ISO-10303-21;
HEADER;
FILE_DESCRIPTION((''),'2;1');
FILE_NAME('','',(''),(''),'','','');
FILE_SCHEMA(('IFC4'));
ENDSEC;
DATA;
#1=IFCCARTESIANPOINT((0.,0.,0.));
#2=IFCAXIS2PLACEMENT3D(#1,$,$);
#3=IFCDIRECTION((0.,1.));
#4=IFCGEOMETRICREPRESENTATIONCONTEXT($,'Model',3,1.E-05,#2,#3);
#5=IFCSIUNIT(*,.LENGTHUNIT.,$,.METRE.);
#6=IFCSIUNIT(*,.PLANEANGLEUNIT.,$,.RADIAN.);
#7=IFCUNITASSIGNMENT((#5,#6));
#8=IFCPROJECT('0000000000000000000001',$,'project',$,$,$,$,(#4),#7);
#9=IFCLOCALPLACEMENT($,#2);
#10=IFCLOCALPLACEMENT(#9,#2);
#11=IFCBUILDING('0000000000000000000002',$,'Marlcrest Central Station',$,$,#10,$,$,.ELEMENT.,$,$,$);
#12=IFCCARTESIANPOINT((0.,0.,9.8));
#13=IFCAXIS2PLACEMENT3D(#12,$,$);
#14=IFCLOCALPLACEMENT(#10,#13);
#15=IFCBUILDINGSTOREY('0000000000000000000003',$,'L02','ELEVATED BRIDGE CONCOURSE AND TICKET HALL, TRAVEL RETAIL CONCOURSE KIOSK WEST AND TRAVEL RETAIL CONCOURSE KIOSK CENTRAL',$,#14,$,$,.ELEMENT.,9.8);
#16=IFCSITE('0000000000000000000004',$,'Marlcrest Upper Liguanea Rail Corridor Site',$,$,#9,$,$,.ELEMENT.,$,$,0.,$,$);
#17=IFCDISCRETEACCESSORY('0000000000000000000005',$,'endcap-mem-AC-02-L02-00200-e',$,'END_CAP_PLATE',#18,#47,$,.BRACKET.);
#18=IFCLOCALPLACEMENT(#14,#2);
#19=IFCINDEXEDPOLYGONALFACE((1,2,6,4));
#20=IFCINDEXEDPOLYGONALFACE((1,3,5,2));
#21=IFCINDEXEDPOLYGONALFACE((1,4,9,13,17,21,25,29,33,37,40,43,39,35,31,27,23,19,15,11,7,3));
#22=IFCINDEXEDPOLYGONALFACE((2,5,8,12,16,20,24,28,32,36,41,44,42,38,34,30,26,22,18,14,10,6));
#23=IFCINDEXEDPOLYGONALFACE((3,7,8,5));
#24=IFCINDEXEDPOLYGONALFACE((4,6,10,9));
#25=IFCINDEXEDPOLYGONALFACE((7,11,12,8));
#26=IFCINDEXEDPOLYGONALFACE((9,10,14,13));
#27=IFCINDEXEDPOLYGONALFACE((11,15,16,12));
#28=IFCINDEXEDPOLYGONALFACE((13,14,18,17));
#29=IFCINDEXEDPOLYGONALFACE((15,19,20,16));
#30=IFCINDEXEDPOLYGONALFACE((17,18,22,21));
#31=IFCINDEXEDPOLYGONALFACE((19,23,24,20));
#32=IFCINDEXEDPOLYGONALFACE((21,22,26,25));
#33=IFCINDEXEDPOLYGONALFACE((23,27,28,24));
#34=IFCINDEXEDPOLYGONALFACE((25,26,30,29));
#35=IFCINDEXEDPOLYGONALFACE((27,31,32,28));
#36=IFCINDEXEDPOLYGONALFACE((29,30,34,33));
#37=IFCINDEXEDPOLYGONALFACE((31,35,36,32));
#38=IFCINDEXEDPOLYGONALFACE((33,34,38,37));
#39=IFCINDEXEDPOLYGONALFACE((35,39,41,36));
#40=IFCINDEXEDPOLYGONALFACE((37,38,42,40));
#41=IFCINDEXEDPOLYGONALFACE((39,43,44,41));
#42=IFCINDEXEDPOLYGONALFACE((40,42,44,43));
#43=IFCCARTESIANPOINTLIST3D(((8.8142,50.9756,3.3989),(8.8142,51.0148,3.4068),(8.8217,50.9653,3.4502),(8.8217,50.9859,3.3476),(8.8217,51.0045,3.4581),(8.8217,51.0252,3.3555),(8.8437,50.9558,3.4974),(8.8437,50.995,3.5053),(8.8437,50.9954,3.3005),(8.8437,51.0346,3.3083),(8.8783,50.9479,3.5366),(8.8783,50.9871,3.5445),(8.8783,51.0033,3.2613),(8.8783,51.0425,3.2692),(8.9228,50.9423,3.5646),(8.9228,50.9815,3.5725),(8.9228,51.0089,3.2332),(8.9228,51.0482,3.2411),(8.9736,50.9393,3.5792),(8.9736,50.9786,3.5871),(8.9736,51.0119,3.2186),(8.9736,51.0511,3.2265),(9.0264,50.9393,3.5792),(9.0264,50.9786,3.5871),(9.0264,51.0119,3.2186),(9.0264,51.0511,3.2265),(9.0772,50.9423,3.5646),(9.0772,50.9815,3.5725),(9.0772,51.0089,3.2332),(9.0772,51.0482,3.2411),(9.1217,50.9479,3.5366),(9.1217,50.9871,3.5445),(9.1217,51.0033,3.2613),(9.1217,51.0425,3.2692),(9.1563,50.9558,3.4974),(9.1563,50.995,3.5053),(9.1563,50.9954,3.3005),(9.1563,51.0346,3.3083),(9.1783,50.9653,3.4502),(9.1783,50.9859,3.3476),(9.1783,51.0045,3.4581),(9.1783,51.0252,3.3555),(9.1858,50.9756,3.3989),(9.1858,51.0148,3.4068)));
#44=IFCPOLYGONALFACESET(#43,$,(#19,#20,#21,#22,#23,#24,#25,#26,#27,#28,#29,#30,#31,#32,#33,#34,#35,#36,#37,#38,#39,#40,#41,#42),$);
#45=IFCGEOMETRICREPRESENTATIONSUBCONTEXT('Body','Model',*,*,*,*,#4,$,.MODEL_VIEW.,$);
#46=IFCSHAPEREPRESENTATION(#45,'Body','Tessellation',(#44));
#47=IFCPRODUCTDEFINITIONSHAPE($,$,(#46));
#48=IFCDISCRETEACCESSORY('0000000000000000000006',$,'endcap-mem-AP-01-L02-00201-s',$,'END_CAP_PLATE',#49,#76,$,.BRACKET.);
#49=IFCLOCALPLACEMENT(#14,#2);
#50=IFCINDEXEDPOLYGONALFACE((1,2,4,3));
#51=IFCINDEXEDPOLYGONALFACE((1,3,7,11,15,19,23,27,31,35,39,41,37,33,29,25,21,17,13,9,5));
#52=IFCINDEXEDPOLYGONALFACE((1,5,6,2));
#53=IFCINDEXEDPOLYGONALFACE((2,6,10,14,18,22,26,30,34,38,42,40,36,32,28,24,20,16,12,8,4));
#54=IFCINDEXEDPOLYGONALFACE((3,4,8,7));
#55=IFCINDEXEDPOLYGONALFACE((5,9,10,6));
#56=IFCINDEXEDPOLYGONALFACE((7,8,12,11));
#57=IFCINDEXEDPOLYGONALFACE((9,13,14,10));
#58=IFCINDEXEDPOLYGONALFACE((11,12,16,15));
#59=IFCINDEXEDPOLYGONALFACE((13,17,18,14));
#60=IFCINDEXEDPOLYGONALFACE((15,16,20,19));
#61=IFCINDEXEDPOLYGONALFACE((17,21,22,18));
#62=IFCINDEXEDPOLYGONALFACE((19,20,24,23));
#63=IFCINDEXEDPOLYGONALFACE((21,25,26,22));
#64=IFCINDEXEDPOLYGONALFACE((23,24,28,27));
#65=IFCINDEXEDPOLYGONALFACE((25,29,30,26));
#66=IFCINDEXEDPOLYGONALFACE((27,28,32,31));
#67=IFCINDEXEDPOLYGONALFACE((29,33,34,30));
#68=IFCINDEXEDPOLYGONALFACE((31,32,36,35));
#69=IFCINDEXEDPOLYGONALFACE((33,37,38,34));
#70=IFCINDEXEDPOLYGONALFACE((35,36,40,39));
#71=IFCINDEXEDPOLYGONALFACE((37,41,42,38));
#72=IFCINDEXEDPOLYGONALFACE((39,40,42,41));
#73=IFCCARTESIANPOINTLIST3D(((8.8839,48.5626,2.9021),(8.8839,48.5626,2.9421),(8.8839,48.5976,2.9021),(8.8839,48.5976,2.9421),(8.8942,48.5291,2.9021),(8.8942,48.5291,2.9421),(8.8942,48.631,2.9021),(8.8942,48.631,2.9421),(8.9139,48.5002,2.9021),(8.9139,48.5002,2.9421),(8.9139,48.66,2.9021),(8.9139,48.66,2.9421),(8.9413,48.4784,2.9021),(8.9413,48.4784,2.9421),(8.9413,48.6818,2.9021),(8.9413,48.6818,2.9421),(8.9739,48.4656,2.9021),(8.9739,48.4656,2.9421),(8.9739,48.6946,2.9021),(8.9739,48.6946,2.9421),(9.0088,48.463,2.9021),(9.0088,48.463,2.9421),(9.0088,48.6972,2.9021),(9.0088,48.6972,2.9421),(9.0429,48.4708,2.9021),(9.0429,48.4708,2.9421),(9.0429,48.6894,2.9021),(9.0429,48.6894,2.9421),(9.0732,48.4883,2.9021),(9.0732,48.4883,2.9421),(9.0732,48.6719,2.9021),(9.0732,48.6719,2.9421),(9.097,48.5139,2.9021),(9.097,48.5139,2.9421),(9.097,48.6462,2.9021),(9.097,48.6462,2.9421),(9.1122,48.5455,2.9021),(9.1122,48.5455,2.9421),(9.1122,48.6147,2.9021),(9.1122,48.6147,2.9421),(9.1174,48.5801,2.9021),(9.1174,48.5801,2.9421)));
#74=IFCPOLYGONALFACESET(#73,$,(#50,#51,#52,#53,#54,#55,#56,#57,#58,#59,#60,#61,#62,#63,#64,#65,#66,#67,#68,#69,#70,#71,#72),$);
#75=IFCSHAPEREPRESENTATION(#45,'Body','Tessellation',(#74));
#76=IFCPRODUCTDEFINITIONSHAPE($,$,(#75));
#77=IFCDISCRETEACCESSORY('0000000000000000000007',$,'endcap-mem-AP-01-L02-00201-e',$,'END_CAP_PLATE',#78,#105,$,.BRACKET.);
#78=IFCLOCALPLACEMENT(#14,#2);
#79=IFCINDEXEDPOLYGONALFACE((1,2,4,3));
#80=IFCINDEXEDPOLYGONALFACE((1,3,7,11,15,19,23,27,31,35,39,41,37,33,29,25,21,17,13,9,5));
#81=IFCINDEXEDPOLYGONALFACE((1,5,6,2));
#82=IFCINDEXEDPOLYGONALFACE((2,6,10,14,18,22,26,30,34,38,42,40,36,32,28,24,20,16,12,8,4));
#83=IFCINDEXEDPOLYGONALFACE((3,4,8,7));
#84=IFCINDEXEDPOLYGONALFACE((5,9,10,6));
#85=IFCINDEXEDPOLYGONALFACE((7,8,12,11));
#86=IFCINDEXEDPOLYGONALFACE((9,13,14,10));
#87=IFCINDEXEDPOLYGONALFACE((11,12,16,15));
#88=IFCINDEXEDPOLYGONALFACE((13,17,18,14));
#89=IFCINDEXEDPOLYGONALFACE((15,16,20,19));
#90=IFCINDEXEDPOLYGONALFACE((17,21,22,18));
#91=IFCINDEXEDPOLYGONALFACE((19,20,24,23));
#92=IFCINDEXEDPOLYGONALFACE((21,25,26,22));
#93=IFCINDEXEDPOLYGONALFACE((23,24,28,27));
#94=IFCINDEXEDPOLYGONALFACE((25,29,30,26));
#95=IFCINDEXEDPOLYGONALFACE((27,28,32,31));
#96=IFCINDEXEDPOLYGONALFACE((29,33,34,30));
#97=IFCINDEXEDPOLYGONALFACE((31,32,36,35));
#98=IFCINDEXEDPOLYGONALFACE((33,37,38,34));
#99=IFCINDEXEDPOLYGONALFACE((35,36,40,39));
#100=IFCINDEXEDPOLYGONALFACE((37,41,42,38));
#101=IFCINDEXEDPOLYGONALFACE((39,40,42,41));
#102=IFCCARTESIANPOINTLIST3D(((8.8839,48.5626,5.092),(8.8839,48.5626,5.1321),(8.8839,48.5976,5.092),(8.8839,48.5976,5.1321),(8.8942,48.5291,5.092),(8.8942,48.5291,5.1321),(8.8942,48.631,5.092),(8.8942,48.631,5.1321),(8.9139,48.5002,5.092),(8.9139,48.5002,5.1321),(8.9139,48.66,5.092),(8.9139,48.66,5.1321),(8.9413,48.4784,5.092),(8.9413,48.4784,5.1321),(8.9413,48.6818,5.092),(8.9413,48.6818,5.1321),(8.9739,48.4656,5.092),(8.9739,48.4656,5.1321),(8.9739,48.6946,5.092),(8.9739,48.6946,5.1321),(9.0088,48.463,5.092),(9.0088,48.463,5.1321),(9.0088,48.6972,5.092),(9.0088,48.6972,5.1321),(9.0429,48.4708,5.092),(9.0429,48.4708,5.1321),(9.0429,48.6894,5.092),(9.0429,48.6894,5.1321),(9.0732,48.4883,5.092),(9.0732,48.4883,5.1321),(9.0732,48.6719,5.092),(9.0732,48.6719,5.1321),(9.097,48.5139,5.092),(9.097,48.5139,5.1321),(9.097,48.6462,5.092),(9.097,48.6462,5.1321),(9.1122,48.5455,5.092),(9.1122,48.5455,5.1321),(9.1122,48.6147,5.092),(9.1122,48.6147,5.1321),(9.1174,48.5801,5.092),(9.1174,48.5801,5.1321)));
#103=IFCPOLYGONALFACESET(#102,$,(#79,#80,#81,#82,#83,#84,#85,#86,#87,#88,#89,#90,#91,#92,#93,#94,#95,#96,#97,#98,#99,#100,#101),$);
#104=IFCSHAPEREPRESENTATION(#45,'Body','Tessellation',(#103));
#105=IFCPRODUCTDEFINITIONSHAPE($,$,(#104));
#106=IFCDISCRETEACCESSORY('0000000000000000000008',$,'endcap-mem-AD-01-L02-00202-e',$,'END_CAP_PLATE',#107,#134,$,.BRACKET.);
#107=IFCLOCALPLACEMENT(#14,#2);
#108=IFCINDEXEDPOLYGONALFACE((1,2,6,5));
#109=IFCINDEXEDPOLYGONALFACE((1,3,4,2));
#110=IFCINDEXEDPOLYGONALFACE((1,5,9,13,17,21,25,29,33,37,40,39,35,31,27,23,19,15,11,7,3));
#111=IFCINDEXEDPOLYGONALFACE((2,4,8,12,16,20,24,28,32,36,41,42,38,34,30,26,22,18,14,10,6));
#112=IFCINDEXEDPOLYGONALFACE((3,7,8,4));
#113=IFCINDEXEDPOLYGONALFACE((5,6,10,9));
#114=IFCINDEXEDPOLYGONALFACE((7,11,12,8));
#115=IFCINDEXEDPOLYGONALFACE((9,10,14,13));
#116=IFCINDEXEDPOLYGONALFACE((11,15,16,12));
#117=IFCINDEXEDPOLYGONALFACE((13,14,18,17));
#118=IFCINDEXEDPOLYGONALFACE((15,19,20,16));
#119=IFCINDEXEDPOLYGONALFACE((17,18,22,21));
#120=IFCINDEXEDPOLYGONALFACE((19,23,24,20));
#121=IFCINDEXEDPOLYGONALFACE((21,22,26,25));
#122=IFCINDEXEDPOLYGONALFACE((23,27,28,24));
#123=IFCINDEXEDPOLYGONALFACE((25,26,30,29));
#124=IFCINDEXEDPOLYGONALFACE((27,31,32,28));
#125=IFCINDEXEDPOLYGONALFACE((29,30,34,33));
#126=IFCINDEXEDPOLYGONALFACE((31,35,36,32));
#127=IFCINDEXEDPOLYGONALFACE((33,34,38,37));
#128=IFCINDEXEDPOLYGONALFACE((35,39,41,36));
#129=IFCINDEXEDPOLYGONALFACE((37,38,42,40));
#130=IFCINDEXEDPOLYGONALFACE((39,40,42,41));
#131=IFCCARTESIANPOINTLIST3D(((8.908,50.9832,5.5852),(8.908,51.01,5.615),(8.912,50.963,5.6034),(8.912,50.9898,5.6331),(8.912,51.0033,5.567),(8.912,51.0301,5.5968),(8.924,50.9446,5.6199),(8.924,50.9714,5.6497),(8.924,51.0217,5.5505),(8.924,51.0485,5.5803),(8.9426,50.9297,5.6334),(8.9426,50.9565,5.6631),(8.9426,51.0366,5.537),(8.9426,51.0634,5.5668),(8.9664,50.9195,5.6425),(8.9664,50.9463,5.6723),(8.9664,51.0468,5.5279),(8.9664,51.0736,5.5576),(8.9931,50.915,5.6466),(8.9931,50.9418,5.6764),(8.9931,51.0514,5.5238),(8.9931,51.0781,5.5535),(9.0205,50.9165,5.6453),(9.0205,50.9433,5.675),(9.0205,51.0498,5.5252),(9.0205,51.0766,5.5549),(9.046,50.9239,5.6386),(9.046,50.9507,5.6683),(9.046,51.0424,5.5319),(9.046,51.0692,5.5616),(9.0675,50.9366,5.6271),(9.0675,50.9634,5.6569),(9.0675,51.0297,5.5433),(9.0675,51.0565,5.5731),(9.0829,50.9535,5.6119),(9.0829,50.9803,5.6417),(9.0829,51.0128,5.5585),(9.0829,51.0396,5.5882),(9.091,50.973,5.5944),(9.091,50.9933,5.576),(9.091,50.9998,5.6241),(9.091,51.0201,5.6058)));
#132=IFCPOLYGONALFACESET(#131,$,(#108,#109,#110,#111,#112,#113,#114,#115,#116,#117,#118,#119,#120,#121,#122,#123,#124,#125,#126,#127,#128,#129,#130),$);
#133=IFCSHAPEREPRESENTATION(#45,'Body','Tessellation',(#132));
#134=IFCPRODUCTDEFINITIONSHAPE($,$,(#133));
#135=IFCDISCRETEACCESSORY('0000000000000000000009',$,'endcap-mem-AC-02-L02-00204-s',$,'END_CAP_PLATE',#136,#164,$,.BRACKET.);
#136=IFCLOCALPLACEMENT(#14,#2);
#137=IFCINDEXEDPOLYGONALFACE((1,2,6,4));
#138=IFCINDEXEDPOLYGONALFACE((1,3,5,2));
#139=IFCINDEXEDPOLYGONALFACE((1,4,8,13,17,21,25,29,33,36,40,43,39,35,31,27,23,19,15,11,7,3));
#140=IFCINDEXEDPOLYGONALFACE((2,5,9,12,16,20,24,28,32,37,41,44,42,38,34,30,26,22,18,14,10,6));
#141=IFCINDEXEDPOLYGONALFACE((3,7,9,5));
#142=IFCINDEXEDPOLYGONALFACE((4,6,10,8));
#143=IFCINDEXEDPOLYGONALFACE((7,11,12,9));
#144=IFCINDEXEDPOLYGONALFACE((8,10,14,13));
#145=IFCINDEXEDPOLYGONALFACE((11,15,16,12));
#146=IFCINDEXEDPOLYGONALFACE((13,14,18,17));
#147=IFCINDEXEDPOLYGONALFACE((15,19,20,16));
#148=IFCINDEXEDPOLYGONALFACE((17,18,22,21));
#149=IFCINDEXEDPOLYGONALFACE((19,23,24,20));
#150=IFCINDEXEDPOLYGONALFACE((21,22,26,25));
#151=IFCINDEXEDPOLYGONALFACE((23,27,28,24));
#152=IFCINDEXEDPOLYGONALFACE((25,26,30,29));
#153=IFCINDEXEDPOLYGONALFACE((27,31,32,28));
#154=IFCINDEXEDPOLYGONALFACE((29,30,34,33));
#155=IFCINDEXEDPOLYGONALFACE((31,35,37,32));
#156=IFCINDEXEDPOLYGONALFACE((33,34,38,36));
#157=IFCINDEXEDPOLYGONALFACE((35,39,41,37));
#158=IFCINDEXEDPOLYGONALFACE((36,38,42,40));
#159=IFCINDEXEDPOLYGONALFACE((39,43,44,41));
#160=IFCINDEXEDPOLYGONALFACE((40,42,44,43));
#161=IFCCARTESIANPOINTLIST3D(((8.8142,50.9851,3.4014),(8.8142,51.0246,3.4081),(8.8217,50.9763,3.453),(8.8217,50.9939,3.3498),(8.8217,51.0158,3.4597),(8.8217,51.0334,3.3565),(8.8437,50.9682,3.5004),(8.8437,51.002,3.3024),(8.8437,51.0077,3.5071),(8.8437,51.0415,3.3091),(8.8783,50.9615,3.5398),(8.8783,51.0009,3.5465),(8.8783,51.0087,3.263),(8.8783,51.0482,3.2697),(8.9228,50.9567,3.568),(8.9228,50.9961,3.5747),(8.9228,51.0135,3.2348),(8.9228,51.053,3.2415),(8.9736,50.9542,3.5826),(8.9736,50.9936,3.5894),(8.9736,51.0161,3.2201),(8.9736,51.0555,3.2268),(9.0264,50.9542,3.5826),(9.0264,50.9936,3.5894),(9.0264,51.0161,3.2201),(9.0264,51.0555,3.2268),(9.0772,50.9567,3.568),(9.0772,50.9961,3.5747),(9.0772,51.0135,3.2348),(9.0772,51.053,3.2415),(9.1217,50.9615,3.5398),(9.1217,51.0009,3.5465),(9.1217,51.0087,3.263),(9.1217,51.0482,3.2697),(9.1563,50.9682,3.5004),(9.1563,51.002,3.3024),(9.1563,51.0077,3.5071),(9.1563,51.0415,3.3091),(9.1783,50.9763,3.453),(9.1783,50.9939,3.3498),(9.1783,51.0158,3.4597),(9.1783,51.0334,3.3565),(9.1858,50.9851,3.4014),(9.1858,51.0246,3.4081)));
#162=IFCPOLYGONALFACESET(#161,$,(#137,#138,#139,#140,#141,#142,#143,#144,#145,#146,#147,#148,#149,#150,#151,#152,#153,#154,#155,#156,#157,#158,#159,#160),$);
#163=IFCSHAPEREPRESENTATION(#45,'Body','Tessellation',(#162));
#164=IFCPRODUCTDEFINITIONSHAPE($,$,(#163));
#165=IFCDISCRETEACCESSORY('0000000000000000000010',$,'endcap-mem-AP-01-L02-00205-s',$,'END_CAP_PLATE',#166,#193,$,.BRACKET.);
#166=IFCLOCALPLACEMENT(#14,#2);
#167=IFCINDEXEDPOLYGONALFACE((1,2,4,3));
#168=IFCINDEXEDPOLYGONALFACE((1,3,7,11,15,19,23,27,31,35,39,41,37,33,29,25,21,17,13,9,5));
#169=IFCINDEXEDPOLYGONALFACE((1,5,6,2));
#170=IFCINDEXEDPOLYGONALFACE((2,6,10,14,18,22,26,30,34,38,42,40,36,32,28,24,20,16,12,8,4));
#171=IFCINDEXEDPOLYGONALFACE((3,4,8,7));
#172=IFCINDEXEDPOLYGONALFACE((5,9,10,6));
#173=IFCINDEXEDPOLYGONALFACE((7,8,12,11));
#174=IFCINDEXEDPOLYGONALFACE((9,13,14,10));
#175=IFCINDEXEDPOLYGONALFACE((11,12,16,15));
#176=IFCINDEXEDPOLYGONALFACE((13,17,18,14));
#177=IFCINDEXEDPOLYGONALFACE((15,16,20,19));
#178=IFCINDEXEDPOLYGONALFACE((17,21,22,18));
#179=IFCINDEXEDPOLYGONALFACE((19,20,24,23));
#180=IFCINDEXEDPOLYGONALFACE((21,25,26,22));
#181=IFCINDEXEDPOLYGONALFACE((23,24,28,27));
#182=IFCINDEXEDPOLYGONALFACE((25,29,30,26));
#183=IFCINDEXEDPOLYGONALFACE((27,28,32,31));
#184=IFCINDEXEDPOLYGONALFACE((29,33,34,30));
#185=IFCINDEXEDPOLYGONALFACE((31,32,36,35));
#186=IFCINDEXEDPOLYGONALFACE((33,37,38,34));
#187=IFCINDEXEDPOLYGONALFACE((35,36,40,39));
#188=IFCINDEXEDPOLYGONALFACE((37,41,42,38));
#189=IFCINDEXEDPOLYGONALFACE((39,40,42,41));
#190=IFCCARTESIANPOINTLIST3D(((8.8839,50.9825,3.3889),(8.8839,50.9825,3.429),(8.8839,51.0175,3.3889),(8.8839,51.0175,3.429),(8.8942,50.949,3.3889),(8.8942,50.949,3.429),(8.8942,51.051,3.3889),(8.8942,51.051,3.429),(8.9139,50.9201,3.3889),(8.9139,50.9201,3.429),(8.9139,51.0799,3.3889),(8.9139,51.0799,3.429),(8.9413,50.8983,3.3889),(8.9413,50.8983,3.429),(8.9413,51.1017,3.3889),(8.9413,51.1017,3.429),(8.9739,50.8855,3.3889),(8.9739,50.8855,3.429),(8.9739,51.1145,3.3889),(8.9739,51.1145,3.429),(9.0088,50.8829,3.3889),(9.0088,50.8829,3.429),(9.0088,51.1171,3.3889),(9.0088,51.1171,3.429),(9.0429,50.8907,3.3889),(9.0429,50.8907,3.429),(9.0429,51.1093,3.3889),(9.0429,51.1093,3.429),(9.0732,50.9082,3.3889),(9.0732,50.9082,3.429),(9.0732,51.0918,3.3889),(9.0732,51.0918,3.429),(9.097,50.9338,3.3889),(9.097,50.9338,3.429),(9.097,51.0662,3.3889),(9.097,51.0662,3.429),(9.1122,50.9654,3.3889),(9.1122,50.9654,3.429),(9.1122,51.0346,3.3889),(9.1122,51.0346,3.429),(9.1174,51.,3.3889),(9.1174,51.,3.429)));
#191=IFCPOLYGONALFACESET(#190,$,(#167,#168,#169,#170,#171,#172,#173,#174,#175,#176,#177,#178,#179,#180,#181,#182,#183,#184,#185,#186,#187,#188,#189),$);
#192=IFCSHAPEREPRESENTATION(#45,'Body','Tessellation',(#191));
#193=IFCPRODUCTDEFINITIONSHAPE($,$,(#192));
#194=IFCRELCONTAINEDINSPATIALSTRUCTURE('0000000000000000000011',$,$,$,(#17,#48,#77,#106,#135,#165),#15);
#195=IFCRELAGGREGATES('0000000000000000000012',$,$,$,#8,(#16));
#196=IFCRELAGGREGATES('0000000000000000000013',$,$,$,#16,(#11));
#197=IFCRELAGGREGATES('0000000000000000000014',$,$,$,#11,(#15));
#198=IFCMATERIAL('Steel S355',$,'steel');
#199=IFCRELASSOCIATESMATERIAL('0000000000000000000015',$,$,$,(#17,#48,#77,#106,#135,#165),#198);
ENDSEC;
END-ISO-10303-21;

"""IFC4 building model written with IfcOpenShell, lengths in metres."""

from ifc_helpers import new_model, si_unit, direction, frame, origin, origin_2d, place, context, subcontext, project, spatial, circle, extrude, material, element, save


model = new_model("IFC4")

# Units and contexts
model_context = context("Model", 3, precision=1e-05, world=origin(), true_north=direction((0.0, 1.0)))
body_context = subcontext(model_context, "Body", "Model", "MODEL_VIEW")
ifc_project = project(units=[si_unit("LENGTHUNIT", "METRE"), si_unit("PLANEANGLEUNIT", "RADIAN")], contexts=[model_context])

# Site, building, storey
site_placement = place(None, origin())
site = spatial("IfcSite", under=ifc_project, at=site_placement, Name="Marlcrest Upper Liguanea Rail Corridor Site", CompositionType="ELEMENT", RefElevation=0.0)
building_placement = place(site_placement, origin())
building = spatial("IfcBuilding", under=site, at=building_placement, Name="Marlcrest Central Station", CompositionType="ELEMENT")
storey_placement = place(building_placement, frame((0.0, 0.0, 9.8)))
storey = spatial("IfcBuildingStorey", under=building, at=storey_placement, Name="L02", Description="ELEVATED BRIDGE CONCOURSE AND TICKET HALL, TRAVEL RETAIL CONCOURSE KIOSK WEST AND TRAVEL RETAIL CONCOURSE KIOSK CENTRAL", CompositionType="ELEMENT", Elevation=9.8)

# Shared definitions
ifc_material = material(Name="Steel S355", Category="steel")

# Discrete accessories
discrete_accessory_1_placement = place(storey_placement, frame((9.0, 50.9756, 3.3989), z_axis=(0.0, 0.980359, 0.197219), x_axis=(-1.0, 0.0, 0.0)))
element("IfcDiscreteAccessory", 1, at=discrete_accessory_1_placement, inside=storey, material=ifc_material, Name="endcap-mem-AC-02-L02-00200-e", ObjectType="END_CAP_PLATE", PredefinedType="BRACKET", context=body_context, shape_type="SweptSolid", body=[
    extrude(circle(Radius=0.1858, at=origin_2d()), origin(), (0.0, 0.0, 1.0), 0.04),
])
for number, where, z_axis, x_axis, name in (
    (2, (9.0, 48.5801, 2.9021), (0.0, 0.0, 1.0), (1.0, 0.0, 0.0), "endcap-mem-AP-01-L02-00201-s"),
    (3, (9.0, 48.5801, 5.092), (0.0, 0.0, 1.0), (1.0, 0.0, 0.0), "endcap-mem-AP-01-L02-00201-e"),
):
    element("IfcDiscreteAccessory", number, at=place(storey_placement, frame(where, z_axis=z_axis, x_axis=x_axis)), inside=storey, material=ifc_material, Name=name, ObjectType="END_CAP_PLATE", PredefinedType="BRACKET", context=body_context, shape_type="SweptSolid", body=[
        extrude(circle(Radius=0.1174, at=origin_2d()), origin(), (0.0, 0.0, 1.0), 0.04),
    ])
discrete_accessory_2_placement = place(storey_placement, frame((9.0, 50.9832, 5.5852), z_axis=(0.0, 0.669244, 0.743042), x_axis=(-1.0, 0.0, 0.0)))
element("IfcDiscreteAccessory", 4, at=discrete_accessory_2_placement, inside=storey, material=ifc_material, Name="endcap-mem-AD-01-L02-00202-e", ObjectType="END_CAP_PLATE", PredefinedType="BRACKET", context=body_context, shape_type="SweptSolid", body=[
    extrude(circle(Radius=0.092, at=origin_2d()), origin(), (0.0, 0.0, 1.0), 0.04),
])
discrete_accessory_3_placement = place(storey_placement, frame((9.0, 50.9851, 3.4014), z_axis=(0.0, 0.985741, 0.168269), x_axis=(-1.0, 0.0, 0.0)))
element("IfcDiscreteAccessory", 5, at=discrete_accessory_3_placement, inside=storey, material=ifc_material, Name="endcap-mem-AC-02-L02-00204-s", ObjectType="END_CAP_PLATE", PredefinedType="BRACKET", context=body_context, shape_type="SweptSolid", body=[
    extrude(circle(Radius=0.1858, at=origin_2d()), origin(), (0.0, 0.0, 1.0), 0.04),
])
discrete_accessory_4_placement = place(storey_placement, frame((9.0, 51.0, 3.3889), z_axis=(0.0, 0.0, 1.0), x_axis=(1.0, 0.0, 0.0)))
element("IfcDiscreteAccessory", 6, at=discrete_accessory_4_placement, inside=storey, material=ifc_material, Name="endcap-mem-AP-01-L02-00205-s", ObjectType="END_CAP_PLATE", PredefinedType="BRACKET", context=body_context, shape_type="SweptSolid", body=[
    extrude(circle(Radius=0.1174, at=origin_2d()), origin(), (0.0, 0.0, 1.0), 0.04),
])

save(model, "model.ifc")
